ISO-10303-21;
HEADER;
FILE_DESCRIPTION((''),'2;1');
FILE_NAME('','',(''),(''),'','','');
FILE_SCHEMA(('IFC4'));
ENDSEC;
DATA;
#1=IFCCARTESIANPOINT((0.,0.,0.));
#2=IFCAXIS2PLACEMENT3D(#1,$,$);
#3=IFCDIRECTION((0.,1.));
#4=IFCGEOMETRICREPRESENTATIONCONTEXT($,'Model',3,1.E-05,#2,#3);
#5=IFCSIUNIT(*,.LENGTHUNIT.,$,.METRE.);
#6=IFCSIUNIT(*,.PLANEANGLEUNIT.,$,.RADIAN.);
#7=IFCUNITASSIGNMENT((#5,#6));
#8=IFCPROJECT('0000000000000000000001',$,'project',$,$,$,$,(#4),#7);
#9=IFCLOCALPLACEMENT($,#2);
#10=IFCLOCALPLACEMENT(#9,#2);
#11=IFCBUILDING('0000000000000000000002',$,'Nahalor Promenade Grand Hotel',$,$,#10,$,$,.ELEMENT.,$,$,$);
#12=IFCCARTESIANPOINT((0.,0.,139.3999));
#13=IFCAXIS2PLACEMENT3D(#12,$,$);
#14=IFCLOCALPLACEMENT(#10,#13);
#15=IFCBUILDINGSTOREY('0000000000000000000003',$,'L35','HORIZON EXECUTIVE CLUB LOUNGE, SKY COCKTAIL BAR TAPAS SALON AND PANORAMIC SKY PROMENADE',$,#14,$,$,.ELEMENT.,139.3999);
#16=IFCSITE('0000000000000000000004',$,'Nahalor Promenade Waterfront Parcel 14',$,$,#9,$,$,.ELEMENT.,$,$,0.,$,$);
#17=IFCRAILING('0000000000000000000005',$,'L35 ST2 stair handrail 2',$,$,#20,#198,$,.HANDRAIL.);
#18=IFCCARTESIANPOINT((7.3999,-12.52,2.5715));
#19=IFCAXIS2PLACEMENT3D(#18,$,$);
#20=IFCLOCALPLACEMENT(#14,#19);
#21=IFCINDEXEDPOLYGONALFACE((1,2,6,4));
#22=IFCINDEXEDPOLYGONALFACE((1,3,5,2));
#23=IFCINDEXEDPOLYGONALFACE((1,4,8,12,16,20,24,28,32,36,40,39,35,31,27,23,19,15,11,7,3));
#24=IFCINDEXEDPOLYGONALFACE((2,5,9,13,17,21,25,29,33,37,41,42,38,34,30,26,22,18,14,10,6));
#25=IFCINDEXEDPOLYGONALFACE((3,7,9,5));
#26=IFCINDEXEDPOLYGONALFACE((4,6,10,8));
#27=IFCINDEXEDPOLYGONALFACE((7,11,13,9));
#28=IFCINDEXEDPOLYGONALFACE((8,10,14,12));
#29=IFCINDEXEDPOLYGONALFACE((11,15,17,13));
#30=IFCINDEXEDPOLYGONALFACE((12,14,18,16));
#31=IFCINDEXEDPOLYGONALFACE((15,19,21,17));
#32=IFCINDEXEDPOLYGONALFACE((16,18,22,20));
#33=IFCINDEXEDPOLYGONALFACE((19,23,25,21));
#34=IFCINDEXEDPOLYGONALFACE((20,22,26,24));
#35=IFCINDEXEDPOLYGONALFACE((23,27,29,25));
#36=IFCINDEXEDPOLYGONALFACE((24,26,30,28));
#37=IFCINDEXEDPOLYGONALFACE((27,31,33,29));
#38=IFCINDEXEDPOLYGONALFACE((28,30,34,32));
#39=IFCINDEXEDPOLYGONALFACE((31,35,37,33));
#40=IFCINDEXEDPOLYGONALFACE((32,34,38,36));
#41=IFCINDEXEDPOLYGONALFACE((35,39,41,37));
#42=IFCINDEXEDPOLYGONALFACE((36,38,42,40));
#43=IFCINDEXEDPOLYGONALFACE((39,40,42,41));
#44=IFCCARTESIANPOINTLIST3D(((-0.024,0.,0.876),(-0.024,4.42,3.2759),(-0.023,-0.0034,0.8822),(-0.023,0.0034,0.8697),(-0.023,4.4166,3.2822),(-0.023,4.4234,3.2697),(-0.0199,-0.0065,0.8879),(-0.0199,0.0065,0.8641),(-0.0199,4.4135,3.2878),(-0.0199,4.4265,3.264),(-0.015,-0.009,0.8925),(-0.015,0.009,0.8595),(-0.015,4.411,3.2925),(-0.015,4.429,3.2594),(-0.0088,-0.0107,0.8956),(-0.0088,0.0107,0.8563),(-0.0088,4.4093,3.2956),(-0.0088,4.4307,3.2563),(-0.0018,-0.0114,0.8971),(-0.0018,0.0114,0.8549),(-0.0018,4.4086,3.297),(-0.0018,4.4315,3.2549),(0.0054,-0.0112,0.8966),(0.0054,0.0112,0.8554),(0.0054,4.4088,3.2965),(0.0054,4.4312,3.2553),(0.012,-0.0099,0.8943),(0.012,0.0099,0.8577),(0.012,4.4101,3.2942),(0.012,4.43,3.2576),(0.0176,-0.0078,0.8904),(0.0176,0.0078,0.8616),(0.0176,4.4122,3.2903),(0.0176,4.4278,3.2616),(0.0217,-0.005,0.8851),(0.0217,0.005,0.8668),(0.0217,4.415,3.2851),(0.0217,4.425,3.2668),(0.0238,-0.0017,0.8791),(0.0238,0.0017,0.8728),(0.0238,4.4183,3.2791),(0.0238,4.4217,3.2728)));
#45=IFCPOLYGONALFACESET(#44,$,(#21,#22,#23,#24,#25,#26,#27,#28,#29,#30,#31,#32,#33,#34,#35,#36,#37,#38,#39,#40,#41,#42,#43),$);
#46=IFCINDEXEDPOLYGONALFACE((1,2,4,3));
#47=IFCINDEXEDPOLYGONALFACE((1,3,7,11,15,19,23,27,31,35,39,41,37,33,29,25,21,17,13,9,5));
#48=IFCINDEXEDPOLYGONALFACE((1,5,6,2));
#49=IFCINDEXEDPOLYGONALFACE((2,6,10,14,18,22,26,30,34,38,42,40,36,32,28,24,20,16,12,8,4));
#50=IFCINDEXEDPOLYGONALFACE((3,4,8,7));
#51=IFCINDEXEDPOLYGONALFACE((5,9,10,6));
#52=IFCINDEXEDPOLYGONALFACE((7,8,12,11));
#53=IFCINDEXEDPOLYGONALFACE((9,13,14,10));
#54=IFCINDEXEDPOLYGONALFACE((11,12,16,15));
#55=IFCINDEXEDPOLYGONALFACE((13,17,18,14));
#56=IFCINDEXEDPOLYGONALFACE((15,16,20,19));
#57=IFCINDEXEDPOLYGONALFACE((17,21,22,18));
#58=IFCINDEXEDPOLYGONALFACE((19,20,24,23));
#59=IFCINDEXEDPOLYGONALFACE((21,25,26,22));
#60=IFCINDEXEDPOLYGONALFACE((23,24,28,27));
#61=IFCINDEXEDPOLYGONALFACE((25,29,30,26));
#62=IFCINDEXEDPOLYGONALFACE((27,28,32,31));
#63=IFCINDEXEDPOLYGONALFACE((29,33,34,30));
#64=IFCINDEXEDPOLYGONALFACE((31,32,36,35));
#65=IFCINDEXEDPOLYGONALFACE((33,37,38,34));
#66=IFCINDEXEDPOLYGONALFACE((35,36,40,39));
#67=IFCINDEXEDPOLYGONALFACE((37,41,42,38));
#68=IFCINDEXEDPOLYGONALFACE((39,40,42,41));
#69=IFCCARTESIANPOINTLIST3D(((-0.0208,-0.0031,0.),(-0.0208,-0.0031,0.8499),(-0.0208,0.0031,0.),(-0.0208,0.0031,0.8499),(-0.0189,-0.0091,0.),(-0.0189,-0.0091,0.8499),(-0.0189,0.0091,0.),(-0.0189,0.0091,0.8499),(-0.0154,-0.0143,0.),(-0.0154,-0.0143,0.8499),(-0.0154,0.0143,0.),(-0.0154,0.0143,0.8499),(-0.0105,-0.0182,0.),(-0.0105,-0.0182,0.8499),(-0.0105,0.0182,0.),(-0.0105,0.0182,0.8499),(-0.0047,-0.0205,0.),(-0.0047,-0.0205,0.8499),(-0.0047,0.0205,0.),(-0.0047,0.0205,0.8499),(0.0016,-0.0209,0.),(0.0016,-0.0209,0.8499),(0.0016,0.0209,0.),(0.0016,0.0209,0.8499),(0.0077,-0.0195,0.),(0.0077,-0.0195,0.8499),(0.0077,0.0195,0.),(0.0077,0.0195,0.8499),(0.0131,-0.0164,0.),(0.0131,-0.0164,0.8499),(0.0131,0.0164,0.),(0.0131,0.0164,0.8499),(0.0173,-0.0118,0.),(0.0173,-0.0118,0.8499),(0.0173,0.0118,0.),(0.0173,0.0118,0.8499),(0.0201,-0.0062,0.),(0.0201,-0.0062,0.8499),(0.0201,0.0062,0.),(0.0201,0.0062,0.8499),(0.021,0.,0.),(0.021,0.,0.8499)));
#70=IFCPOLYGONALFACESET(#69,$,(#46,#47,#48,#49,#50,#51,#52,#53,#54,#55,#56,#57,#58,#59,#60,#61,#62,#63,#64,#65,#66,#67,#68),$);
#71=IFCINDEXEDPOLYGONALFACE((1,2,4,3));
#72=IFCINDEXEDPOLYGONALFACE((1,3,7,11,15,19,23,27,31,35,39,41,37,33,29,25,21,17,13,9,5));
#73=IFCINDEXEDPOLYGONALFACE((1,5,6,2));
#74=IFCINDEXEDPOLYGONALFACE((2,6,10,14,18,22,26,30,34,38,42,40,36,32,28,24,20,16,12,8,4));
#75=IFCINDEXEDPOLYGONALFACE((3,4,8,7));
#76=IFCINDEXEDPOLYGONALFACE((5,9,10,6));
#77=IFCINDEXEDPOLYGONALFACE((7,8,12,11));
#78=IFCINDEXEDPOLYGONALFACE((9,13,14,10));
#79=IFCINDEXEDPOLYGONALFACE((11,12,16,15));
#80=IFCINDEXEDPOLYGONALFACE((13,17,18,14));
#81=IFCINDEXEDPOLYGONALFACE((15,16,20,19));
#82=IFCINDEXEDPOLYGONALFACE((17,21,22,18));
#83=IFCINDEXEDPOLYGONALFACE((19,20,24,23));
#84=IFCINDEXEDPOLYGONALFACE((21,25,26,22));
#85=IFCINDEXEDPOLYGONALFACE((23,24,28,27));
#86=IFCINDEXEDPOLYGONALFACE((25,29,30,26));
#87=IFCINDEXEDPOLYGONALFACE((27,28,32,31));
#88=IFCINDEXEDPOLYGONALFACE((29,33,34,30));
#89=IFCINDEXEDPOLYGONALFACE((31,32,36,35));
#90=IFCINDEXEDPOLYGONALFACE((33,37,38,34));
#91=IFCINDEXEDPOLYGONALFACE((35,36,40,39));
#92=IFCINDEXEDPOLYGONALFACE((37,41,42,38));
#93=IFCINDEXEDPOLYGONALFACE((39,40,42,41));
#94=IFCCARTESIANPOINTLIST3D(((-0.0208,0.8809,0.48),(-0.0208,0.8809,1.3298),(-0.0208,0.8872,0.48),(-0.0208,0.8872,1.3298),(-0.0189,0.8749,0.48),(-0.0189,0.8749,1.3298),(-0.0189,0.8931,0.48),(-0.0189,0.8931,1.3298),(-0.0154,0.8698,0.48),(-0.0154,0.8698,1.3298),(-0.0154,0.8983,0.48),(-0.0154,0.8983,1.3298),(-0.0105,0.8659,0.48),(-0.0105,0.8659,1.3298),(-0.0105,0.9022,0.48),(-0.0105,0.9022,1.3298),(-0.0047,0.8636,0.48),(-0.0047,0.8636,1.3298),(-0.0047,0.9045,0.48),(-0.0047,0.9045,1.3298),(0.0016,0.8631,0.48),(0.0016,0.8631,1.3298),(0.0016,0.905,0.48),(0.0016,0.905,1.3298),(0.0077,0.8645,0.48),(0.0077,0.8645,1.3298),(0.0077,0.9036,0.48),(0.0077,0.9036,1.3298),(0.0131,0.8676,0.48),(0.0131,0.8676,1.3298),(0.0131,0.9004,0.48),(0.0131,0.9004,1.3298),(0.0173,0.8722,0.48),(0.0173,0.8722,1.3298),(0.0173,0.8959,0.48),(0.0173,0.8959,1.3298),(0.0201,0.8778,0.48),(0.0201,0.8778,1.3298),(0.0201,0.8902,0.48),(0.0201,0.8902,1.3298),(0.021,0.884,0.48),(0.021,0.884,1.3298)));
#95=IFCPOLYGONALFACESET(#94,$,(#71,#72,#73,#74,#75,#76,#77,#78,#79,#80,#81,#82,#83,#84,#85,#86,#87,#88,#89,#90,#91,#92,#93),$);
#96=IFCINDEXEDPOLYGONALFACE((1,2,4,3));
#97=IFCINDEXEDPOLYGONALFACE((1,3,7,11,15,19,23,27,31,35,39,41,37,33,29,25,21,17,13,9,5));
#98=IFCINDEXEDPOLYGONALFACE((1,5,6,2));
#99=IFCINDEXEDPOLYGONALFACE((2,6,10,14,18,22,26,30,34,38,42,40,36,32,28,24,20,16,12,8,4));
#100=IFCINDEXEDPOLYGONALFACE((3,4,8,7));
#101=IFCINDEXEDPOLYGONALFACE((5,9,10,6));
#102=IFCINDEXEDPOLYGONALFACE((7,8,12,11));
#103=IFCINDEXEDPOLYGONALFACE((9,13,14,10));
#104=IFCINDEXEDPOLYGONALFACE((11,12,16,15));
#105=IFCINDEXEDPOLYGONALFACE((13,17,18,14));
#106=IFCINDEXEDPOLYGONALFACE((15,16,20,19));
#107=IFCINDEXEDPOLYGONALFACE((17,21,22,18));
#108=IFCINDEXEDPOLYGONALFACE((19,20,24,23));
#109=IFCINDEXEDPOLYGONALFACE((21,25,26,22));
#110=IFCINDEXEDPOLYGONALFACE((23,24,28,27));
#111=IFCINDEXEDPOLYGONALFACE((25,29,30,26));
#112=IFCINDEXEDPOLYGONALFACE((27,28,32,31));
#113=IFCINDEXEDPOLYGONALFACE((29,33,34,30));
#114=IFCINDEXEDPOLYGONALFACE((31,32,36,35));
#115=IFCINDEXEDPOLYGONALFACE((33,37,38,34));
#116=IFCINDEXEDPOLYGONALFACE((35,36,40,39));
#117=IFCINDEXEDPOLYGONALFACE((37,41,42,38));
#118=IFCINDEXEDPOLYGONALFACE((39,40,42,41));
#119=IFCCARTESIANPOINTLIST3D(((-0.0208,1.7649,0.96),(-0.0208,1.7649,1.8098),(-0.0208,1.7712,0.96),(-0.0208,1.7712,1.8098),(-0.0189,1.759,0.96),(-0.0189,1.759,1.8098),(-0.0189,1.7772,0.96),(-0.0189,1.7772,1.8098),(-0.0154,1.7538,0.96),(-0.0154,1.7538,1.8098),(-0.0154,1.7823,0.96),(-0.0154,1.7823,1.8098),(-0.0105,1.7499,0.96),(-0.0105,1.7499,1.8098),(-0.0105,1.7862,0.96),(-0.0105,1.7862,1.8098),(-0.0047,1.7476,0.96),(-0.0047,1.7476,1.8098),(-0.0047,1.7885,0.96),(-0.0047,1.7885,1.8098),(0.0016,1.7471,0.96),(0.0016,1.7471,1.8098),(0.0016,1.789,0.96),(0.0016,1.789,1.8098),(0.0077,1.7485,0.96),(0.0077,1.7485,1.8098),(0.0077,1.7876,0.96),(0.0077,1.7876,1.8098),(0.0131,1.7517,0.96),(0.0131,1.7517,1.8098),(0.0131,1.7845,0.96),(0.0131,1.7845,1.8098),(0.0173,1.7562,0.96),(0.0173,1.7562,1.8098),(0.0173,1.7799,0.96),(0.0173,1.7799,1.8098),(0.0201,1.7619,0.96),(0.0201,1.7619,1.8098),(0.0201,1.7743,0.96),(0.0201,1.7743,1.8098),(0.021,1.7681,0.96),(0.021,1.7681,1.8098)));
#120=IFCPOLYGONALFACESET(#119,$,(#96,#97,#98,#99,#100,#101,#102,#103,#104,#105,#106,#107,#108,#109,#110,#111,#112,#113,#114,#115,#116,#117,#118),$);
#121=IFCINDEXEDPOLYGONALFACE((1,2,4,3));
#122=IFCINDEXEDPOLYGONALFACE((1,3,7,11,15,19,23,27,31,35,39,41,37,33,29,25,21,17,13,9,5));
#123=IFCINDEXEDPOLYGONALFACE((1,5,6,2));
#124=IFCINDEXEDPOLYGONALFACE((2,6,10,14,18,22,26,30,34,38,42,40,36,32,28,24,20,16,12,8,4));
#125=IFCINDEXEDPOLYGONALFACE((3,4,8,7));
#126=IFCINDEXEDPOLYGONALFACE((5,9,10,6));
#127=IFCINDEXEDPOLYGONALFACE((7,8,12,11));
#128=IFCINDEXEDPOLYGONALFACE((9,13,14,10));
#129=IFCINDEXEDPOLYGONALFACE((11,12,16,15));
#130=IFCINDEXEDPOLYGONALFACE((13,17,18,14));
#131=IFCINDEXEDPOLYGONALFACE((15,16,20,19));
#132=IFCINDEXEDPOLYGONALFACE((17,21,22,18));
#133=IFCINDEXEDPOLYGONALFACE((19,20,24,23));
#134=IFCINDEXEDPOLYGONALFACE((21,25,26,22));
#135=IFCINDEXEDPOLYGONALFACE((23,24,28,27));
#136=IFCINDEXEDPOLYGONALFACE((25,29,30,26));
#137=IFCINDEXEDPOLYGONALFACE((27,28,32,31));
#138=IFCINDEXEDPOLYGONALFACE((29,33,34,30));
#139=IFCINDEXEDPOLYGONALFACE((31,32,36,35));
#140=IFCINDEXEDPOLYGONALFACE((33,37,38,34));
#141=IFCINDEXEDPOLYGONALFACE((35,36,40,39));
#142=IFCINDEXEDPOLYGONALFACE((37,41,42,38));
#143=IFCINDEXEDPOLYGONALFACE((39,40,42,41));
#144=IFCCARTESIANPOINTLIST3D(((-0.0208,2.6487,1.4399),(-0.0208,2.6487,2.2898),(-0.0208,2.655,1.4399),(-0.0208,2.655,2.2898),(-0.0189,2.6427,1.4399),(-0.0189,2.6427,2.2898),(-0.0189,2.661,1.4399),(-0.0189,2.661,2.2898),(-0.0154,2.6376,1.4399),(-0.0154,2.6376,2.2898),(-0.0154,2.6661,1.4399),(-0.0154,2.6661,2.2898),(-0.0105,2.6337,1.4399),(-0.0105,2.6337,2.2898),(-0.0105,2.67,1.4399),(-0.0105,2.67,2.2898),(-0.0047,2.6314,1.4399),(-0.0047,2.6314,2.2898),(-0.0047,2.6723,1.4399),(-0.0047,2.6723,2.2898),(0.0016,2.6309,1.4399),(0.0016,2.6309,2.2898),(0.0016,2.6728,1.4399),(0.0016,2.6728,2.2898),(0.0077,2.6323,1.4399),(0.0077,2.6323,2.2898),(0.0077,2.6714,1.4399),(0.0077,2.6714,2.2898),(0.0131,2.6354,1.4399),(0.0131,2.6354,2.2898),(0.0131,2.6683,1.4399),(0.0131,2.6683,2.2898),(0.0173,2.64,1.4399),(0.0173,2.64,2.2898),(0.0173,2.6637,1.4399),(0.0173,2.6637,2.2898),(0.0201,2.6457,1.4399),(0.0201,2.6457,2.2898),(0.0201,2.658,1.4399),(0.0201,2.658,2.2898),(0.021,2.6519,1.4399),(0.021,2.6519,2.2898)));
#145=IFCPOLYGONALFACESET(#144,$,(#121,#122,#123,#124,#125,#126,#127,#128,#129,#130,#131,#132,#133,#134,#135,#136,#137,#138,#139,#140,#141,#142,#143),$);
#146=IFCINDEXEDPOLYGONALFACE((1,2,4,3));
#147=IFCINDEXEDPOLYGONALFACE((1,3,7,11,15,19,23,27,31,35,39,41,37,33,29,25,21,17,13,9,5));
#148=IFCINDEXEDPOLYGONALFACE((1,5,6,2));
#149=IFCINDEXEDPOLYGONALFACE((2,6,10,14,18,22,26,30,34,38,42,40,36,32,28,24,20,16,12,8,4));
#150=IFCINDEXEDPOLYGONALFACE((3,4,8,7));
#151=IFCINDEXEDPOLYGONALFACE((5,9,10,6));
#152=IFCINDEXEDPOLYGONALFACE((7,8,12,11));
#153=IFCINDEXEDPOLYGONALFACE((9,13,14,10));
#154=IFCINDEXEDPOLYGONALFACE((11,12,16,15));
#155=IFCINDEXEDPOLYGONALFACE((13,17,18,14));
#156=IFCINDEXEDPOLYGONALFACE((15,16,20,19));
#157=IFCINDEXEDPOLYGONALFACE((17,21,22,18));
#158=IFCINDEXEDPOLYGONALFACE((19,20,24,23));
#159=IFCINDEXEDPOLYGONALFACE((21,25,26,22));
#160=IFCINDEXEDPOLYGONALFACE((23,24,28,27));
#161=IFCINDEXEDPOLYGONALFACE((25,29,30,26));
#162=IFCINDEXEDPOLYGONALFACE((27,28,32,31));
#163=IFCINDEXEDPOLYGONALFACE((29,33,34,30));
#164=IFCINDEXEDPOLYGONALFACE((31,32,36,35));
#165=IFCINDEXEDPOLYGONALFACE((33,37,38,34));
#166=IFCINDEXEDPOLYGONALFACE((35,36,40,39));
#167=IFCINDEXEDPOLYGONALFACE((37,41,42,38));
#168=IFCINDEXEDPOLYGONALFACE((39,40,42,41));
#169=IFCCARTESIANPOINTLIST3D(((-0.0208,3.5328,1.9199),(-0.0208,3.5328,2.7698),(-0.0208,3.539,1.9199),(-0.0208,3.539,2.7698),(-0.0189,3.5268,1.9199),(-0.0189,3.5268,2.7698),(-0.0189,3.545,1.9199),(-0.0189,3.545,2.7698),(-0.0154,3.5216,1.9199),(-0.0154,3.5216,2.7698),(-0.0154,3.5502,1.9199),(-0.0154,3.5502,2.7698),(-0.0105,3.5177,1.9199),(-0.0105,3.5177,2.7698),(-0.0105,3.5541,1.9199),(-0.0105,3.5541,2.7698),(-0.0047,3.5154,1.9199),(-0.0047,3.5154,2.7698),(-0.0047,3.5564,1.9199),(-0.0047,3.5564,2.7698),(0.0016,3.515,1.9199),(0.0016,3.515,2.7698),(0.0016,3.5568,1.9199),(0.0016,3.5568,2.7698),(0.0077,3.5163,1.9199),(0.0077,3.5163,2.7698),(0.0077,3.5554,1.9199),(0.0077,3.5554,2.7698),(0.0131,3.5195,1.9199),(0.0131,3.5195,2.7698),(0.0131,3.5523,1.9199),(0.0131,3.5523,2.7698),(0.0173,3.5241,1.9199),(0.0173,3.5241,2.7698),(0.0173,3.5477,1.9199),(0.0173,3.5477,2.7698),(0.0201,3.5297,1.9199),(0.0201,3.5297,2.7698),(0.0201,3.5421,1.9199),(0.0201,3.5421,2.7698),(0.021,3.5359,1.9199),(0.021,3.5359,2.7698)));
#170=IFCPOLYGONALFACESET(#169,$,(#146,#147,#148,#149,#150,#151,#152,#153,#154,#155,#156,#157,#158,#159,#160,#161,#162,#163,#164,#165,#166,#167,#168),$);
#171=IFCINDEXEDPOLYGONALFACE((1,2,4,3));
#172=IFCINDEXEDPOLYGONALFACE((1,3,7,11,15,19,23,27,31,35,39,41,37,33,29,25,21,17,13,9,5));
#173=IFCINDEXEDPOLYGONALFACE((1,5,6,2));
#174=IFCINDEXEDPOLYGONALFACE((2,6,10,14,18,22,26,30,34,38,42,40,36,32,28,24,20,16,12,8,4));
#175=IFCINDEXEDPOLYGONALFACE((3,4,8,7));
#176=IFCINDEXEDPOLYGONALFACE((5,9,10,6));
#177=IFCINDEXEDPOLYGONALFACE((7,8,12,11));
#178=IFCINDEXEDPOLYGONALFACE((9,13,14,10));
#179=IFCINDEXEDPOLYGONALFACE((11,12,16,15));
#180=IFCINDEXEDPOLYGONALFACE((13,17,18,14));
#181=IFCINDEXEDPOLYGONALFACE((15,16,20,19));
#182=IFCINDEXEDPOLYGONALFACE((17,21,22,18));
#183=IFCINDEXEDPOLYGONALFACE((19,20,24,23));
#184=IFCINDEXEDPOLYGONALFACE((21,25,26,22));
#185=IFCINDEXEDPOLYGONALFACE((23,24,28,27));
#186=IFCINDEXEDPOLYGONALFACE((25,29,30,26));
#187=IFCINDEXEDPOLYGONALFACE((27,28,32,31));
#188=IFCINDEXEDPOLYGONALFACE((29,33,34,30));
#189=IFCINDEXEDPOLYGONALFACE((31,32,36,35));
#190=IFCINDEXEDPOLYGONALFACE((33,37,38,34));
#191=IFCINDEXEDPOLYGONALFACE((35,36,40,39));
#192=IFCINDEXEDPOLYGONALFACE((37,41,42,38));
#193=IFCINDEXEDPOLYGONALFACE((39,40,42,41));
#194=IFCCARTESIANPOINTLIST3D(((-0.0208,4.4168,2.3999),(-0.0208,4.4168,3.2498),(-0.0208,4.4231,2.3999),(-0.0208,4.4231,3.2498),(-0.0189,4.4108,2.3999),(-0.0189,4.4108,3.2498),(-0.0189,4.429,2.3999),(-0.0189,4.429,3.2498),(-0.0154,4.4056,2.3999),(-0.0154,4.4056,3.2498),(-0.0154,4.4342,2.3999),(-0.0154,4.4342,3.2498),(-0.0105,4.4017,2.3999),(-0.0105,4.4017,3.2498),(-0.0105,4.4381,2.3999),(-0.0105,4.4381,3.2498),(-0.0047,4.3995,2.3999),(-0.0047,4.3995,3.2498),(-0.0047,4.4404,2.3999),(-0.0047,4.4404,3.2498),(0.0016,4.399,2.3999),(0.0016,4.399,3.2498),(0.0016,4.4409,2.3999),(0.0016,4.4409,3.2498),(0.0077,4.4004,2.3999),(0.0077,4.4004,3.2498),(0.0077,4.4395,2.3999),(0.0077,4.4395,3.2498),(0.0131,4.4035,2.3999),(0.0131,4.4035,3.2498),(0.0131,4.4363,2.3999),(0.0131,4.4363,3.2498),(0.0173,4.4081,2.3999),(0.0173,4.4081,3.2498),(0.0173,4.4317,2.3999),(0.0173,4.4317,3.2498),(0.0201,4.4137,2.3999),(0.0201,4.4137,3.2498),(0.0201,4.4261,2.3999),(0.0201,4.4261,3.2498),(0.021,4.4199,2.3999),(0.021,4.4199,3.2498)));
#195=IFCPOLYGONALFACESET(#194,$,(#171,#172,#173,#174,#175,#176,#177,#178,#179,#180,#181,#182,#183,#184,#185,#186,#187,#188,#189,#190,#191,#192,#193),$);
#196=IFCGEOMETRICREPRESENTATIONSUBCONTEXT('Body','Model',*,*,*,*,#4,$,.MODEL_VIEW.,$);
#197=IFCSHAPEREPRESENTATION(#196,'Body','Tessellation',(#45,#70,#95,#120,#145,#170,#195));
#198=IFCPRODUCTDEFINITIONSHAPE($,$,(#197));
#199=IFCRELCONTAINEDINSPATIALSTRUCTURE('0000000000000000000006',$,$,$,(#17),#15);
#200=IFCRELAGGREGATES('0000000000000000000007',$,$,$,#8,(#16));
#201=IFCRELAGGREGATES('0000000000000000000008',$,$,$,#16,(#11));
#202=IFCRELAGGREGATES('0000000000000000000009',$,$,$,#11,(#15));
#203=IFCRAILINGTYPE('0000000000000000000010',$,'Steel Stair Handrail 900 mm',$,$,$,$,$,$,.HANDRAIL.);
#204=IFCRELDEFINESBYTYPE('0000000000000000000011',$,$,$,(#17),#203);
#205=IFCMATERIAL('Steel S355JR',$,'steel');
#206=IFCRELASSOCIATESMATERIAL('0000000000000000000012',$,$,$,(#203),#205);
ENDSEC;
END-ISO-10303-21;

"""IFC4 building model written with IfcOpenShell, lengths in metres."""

from ifc_helpers import new_model, si_unit, direction, frame, origin, origin_2d, place, context, subcontext, project, spatial, circle, extrude, material, type_object, element, save


model = new_model("IFC4")

# Units and contexts
model_context = context("Model", 3, precision=1e-05, world=origin(), true_north=direction((0.0, 1.0)))
body_context = subcontext(model_context, "Body", "Model", "MODEL_VIEW")
ifc_project = project(units=[si_unit("LENGTHUNIT", "METRE"), si_unit("PLANEANGLEUNIT", "RADIAN")], contexts=[model_context])

# Site, building, storey
site_placement = place(None, origin())
site = spatial("IfcSite", under=ifc_project, at=site_placement, Name="Nahalor Promenade Waterfront Parcel 14", CompositionType="ELEMENT", RefElevation=0.0)
building_placement = place(site_placement, origin())
building = spatial("IfcBuilding", under=site, at=building_placement, Name="Nahalor Promenade Grand Hotel", CompositionType="ELEMENT")
storey_placement = place(building_placement, frame((0.0, 0.0, 139.3999)))
storey = spatial("IfcBuildingStorey", under=building, at=storey_placement, Name="L35", Description="HORIZON EXECUTIVE CLUB LOUNGE, SKY COCKTAIL BAR TAPAS SALON AND PANORAMIC SKY PROMENADE", CompositionType="ELEMENT", Elevation=139.3999)

# Shared definitions
ifc_material_1 = material(Name="Steel S355JR", Category="steel")

# Railing
railing_type_1 = type_object("IfcRailingType", Name="Steel Stair Handrail 900 mm", PredefinedType="HANDRAIL", material=ifc_material_1)
railing_1_placement = place(storey_placement, frame((7.3999, -12.52, 2.5715)))
element("IfcRailing", 1, at=railing_1_placement, inside=storey, type_object=railing_type_1, Name="L35 ST2 stair handrail 2", PredefinedType="HANDRAIL", context=body_context, shape_type="SweptSolid", body=[
    extrude(circle(Radius=0.024, at=origin_2d()), frame((0.0, 0.0, 0.876), z_axis=(0.0, 0.87881, 0.477171), x_axis=(-1.0, 0.0, 0.0)), (0.0, 0.0, 1.0), 5.0295),
    extrude(circle(Radius=0.021, at=origin_2d()), origin(), (0.0, 0.0, 1.0), 0.8499),
    extrude(circle(Radius=0.021, at=origin_2d()), frame((0.0, 0.884, 0.48)), (0.0, 0.0, 1.0), 0.8499),
    extrude(circle(Radius=0.021, at=origin_2d()), frame((0.0, 1.7681, 0.96)), (0.0, 0.0, 1.0), 0.8499),
    extrude(circle(Radius=0.021, at=origin_2d()), frame((0.0, 2.6519, 1.4399)), (0.0, 0.0, 1.0), 0.8499),
    extrude(circle(Radius=0.021, at=origin_2d()), frame((0.0, 3.5359, 1.9199)), (0.0, 0.0, 1.0), 0.8499),
    extrude(circle(Radius=0.021, at=origin_2d()), frame((0.0, 4.4199, 2.3999)), (0.0, 0.0, 1.0), 0.8499),
])

save(model, "model.ifc")
